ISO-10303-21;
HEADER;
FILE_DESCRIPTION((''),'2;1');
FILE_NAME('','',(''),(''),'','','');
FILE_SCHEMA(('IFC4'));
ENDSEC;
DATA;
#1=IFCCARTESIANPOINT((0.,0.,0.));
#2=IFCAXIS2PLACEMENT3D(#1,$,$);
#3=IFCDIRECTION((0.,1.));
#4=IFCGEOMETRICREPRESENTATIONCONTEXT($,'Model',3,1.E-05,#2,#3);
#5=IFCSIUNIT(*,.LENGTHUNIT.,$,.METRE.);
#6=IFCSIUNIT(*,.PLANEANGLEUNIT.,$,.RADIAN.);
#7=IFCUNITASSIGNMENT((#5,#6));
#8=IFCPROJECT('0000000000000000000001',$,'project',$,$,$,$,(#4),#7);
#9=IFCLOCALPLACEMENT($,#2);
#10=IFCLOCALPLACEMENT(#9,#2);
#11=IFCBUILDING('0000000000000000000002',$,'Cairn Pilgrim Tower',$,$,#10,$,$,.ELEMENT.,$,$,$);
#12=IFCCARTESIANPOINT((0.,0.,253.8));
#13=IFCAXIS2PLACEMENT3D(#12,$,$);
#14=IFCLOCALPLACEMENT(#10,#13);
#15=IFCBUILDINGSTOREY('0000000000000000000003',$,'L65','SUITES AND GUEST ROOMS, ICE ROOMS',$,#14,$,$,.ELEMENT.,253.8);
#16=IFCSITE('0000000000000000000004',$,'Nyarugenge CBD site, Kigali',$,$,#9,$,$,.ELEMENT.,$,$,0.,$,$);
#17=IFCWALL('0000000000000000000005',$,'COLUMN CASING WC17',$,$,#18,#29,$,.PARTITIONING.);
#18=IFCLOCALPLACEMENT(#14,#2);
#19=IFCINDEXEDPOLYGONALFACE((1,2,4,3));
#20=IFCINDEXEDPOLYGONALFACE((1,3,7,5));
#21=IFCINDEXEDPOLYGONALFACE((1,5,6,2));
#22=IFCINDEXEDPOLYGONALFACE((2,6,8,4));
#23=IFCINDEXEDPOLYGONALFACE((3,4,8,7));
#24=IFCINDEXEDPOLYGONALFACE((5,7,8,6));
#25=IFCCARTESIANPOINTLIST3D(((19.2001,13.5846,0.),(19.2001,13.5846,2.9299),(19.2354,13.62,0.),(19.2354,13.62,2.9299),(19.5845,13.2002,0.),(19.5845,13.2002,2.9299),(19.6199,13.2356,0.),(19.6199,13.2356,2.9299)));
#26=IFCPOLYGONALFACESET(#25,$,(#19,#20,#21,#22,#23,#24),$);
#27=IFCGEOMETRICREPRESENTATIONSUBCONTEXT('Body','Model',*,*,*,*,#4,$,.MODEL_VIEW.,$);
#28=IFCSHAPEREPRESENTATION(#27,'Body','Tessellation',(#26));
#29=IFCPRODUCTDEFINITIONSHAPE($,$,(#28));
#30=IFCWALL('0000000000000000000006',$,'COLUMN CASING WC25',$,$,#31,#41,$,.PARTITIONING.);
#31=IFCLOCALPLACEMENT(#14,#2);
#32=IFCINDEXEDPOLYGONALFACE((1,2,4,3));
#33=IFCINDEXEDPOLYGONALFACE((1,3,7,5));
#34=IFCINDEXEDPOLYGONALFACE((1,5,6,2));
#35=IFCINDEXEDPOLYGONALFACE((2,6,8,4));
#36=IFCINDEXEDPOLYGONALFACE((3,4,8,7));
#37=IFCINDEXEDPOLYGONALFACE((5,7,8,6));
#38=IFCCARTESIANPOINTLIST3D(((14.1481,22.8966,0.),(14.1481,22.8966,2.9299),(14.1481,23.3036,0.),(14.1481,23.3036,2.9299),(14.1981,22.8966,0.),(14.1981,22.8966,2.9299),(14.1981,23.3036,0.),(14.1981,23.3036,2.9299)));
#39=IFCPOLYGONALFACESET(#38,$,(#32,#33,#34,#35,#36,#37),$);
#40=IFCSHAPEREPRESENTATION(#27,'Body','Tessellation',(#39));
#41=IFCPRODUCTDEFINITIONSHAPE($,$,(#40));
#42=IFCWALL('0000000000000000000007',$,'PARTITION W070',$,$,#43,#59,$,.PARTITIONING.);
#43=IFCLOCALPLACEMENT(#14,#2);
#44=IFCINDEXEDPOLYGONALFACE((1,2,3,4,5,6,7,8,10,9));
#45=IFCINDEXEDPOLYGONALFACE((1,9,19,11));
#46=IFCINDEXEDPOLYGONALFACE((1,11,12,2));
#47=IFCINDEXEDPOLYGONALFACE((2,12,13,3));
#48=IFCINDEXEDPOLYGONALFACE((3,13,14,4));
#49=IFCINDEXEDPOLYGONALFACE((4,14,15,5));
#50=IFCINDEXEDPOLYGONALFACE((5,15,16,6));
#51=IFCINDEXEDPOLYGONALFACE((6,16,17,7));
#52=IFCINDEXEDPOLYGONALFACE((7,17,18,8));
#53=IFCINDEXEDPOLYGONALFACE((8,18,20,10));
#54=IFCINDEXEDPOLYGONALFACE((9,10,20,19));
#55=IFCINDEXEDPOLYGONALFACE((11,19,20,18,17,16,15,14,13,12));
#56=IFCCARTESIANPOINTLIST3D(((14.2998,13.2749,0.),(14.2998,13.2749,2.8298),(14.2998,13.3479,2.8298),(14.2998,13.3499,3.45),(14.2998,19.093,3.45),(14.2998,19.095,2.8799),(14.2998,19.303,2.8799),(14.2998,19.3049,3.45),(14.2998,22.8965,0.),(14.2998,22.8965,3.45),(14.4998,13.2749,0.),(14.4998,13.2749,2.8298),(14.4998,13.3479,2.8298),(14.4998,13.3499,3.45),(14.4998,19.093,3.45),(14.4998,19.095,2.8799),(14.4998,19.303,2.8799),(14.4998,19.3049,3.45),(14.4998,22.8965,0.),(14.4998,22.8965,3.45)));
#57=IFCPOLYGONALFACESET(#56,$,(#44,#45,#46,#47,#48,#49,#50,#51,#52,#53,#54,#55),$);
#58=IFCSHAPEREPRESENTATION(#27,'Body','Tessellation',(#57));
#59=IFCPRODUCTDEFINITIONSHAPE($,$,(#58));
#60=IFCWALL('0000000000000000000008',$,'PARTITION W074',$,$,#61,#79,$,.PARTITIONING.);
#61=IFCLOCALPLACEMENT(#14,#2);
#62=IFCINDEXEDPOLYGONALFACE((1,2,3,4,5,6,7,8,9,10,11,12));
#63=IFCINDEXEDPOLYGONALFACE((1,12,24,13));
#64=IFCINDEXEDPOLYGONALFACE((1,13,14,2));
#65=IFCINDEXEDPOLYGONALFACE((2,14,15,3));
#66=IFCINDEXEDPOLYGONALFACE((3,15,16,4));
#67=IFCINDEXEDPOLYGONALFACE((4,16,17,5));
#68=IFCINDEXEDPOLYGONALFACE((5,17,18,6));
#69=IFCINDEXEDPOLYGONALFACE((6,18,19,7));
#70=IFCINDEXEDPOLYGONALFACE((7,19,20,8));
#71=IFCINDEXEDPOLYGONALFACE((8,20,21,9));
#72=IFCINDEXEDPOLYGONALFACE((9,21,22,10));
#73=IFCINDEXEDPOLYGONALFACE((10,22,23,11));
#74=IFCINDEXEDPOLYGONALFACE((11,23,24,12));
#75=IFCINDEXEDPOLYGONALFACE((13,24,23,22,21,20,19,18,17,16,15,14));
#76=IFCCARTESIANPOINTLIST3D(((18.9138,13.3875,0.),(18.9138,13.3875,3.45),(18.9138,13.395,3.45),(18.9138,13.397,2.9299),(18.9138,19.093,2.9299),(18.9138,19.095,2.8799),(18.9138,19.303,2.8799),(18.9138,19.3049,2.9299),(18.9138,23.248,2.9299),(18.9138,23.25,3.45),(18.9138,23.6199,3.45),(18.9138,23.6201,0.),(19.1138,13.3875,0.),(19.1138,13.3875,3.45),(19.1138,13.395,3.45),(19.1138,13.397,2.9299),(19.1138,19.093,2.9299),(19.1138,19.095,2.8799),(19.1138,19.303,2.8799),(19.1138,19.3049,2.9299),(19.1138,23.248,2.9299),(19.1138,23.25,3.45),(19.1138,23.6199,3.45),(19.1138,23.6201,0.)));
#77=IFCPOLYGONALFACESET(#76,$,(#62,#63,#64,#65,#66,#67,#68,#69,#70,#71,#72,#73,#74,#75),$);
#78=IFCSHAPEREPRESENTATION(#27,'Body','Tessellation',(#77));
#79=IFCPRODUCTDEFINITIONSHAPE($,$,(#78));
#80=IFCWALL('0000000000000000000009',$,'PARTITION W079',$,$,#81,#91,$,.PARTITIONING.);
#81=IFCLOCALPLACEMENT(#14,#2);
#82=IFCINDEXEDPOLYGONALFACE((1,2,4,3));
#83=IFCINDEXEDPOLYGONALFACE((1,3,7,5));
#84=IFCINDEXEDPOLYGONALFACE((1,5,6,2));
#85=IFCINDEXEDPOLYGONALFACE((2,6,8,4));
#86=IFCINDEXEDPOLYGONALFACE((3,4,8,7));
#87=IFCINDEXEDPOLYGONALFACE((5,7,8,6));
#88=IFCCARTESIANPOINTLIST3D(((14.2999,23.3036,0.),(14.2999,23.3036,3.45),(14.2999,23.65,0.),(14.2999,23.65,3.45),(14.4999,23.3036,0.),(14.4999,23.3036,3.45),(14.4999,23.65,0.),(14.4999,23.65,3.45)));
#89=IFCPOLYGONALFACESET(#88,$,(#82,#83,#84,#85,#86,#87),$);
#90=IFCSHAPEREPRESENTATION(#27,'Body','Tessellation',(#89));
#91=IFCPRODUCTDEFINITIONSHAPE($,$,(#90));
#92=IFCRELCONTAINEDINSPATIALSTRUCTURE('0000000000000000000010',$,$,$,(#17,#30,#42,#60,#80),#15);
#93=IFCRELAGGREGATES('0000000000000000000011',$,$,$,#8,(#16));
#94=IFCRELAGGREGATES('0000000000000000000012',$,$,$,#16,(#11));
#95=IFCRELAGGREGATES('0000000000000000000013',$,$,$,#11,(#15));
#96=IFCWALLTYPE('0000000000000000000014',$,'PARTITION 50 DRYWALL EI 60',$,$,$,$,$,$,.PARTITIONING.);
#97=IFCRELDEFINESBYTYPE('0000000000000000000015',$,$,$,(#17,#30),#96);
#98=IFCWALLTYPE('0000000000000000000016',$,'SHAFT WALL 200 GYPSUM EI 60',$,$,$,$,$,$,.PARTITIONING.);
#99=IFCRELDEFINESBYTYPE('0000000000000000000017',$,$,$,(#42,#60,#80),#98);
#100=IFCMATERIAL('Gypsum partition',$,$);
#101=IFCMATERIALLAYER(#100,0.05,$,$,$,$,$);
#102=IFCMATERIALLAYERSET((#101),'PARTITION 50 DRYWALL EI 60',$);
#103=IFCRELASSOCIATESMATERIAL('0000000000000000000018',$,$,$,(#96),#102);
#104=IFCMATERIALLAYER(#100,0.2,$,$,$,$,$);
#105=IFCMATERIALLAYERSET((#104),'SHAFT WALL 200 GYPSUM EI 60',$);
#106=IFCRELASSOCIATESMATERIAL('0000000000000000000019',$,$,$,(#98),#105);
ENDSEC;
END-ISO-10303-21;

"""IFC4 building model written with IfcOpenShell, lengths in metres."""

from ifc_helpers import new_model, si_unit, direction, frame, frame_2d, origin, place, context, subcontext, project, spatial, polyline, rectangle, outline, extrude, material, layer, layer_set, type_object, element, save


model = new_model("IFC4")

# Units and contexts
model_context = context("Model", 3, precision=1e-05, world=origin(), true_north=direction((0.0, 1.0)))
body_context = subcontext(model_context, "Body", "Model", "MODEL_VIEW")
ifc_project = project(units=[si_unit("LENGTHUNIT", "METRE"), si_unit("PLANEANGLEUNIT", "RADIAN")], contexts=[model_context])

# Site, building, storey
site_placement = place(None, origin())
site = spatial("IfcSite", under=ifc_project, at=site_placement, Name="Nyarugenge CBD site, Kigali", CompositionType="ELEMENT", RefElevation=0.0)
building_placement = place(site_placement, origin())
building = spatial("IfcBuilding", under=site, at=building_placement, Name="Cairn Pilgrim Tower", CompositionType="ELEMENT")
storey_placement = place(building_placement, frame((0.0, 0.0, 253.8)))
storey = spatial("IfcBuildingStorey", under=building, at=storey_placement, Name="L65", Description="SUITES AND GUEST ROOMS, ICE ROOMS", CompositionType="ELEMENT", Elevation=253.8)

# Shared definitions
ifc_material_1 = material(Name="Gypsum partition")

# Walls
ifc_layer_1 = layer(ifc_material_1, 0.05)
ifc_layer_set_1 = layer_set([ifc_layer_1], Name="PARTITION 50 DRYWALL EI 60")
wall_type_1 = type_object("IfcWallType", Name="PARTITION 50 DRYWALL EI 60", PredefinedType="PARTITIONING", material=ifc_layer_set_1)
wall_1_placement = place(storey_placement, frame((19.6023, 13.2178, 0.0), z_axis=(0.0, 0.0, 1.0), x_axis=(-0.707107, 0.707107, 0.0)))
element("IfcWall", 1, at=wall_1_placement, inside=storey, type_object=wall_type_1, Name="COLUMN CASING WC17", PredefinedType="PARTITIONING", context=body_context, shape_type="SweptSolid", body=[
    extrude(rectangle(XDim=0.5437, YDim=0.05, at=frame_2d((0.272, 0.0))), origin(), (0.0, 0.0, 1.0), 2.9299),
])
wall_2_placement = place(storey_placement, frame((14.1731, 22.8965, 0.0), z_axis=(0.0, 0.0, 1.0), x_axis=(0.0, 1.0, 0.0)))
element("IfcWall", 2, at=wall_2_placement, inside=storey, type_object=wall_type_1, Name="COLUMN CASING WC25", PredefinedType="PARTITIONING", context=body_context, shape_type="SweptSolid", body=[
    extrude(rectangle(XDim=0.407, YDim=0.05, at=frame_2d((0.2036, 0.0))), origin(), (0.0, 0.0, 1.0), 2.9299),
])
ifc_layer_2 = layer(ifc_material_1, 0.2)
ifc_layer_set_2 = layer_set([ifc_layer_2], Name="SHAFT WALL 200 GYPSUM EI 60")
wall_type_2 = type_object("IfcWallType", Name="SHAFT WALL 200 GYPSUM EI 60", PredefinedType="PARTITIONING", material=ifc_layer_set_2)
wall_3_placement = place(storey_placement, frame((14.3999, 13.2749, 0.0), z_axis=(0.0, 0.0, 1.0), x_axis=(0.0, 1.0, 0.0)))
element("IfcWall", 3, at=wall_3_placement, inside=storey, type_object=wall_type_2, Name="PARTITION W070", PredefinedType="PARTITIONING", context=body_context, shape_type="SweptSolid", body=[
    extrude(outline(polyline([(0.0, 0.0), (9.6216, 0.0), (9.6216, 3.45), (6.03, 3.45), (6.0281, 2.8799), (5.8201, 2.8799), (5.8181, 3.45), (0.075, 3.45), (0.073, 2.8298), (0.0, 2.8298), (0.0, 0.0)])), frame((0.0, 0.1001, 0.0), z_axis=(0.0, -1.0, 0.0), x_axis=(1.0, 0.0, 0.0)), (0.0, 0.0, 1.0), 0.2),
])
wall_4_placement = place(storey_placement, frame((19.0139, 13.3875, 0.0), z_axis=(0.0, 0.0, 1.0), x_axis=(0.0, 1.0, 0.0)))
element("IfcWall", 4, at=wall_4_placement, inside=storey, type_object=wall_type_2, Name="PARTITION W074", PredefinedType="PARTITIONING", context=body_context, shape_type="SweptSolid", body=[
    extrude(outline(polyline([(0.0, 0.0), (10.2327, 0.0), (10.2324, 3.45), (9.8625, 3.45), (9.8606, 2.9299), (5.9175, 2.9299), (5.9155, 2.8799), (5.7075, 2.8799), (5.7056, 2.9299), (0.0095, 2.9299), (0.0076, 3.45), (0.0, 3.45), (0.0, 0.0)])), frame((0.0, 0.1001, 0.0), z_axis=(0.0, -1.0, 0.0), x_axis=(1.0, 0.0, 0.0)), (0.0, 0.0, 1.0), 0.2),
])
wall_5_placement = place(storey_placement, frame((14.3999, 23.3035, 0.0), z_axis=(0.0, 0.0, 1.0), x_axis=(0.0, 1.0, 0.0)))
element("IfcWall", 5, at=wall_5_placement, inside=storey, type_object=wall_type_2, Name="PARTITION W079", PredefinedType="PARTITIONING", context=body_context, shape_type="SweptSolid", body=[
    extrude(rectangle(XDim=0.3464, YDim=0.2, at=frame_2d((0.1733, 0.0))), origin(), (0.0, 0.0, 1.0), 3.45),
])

save(model, "model.ifc")
